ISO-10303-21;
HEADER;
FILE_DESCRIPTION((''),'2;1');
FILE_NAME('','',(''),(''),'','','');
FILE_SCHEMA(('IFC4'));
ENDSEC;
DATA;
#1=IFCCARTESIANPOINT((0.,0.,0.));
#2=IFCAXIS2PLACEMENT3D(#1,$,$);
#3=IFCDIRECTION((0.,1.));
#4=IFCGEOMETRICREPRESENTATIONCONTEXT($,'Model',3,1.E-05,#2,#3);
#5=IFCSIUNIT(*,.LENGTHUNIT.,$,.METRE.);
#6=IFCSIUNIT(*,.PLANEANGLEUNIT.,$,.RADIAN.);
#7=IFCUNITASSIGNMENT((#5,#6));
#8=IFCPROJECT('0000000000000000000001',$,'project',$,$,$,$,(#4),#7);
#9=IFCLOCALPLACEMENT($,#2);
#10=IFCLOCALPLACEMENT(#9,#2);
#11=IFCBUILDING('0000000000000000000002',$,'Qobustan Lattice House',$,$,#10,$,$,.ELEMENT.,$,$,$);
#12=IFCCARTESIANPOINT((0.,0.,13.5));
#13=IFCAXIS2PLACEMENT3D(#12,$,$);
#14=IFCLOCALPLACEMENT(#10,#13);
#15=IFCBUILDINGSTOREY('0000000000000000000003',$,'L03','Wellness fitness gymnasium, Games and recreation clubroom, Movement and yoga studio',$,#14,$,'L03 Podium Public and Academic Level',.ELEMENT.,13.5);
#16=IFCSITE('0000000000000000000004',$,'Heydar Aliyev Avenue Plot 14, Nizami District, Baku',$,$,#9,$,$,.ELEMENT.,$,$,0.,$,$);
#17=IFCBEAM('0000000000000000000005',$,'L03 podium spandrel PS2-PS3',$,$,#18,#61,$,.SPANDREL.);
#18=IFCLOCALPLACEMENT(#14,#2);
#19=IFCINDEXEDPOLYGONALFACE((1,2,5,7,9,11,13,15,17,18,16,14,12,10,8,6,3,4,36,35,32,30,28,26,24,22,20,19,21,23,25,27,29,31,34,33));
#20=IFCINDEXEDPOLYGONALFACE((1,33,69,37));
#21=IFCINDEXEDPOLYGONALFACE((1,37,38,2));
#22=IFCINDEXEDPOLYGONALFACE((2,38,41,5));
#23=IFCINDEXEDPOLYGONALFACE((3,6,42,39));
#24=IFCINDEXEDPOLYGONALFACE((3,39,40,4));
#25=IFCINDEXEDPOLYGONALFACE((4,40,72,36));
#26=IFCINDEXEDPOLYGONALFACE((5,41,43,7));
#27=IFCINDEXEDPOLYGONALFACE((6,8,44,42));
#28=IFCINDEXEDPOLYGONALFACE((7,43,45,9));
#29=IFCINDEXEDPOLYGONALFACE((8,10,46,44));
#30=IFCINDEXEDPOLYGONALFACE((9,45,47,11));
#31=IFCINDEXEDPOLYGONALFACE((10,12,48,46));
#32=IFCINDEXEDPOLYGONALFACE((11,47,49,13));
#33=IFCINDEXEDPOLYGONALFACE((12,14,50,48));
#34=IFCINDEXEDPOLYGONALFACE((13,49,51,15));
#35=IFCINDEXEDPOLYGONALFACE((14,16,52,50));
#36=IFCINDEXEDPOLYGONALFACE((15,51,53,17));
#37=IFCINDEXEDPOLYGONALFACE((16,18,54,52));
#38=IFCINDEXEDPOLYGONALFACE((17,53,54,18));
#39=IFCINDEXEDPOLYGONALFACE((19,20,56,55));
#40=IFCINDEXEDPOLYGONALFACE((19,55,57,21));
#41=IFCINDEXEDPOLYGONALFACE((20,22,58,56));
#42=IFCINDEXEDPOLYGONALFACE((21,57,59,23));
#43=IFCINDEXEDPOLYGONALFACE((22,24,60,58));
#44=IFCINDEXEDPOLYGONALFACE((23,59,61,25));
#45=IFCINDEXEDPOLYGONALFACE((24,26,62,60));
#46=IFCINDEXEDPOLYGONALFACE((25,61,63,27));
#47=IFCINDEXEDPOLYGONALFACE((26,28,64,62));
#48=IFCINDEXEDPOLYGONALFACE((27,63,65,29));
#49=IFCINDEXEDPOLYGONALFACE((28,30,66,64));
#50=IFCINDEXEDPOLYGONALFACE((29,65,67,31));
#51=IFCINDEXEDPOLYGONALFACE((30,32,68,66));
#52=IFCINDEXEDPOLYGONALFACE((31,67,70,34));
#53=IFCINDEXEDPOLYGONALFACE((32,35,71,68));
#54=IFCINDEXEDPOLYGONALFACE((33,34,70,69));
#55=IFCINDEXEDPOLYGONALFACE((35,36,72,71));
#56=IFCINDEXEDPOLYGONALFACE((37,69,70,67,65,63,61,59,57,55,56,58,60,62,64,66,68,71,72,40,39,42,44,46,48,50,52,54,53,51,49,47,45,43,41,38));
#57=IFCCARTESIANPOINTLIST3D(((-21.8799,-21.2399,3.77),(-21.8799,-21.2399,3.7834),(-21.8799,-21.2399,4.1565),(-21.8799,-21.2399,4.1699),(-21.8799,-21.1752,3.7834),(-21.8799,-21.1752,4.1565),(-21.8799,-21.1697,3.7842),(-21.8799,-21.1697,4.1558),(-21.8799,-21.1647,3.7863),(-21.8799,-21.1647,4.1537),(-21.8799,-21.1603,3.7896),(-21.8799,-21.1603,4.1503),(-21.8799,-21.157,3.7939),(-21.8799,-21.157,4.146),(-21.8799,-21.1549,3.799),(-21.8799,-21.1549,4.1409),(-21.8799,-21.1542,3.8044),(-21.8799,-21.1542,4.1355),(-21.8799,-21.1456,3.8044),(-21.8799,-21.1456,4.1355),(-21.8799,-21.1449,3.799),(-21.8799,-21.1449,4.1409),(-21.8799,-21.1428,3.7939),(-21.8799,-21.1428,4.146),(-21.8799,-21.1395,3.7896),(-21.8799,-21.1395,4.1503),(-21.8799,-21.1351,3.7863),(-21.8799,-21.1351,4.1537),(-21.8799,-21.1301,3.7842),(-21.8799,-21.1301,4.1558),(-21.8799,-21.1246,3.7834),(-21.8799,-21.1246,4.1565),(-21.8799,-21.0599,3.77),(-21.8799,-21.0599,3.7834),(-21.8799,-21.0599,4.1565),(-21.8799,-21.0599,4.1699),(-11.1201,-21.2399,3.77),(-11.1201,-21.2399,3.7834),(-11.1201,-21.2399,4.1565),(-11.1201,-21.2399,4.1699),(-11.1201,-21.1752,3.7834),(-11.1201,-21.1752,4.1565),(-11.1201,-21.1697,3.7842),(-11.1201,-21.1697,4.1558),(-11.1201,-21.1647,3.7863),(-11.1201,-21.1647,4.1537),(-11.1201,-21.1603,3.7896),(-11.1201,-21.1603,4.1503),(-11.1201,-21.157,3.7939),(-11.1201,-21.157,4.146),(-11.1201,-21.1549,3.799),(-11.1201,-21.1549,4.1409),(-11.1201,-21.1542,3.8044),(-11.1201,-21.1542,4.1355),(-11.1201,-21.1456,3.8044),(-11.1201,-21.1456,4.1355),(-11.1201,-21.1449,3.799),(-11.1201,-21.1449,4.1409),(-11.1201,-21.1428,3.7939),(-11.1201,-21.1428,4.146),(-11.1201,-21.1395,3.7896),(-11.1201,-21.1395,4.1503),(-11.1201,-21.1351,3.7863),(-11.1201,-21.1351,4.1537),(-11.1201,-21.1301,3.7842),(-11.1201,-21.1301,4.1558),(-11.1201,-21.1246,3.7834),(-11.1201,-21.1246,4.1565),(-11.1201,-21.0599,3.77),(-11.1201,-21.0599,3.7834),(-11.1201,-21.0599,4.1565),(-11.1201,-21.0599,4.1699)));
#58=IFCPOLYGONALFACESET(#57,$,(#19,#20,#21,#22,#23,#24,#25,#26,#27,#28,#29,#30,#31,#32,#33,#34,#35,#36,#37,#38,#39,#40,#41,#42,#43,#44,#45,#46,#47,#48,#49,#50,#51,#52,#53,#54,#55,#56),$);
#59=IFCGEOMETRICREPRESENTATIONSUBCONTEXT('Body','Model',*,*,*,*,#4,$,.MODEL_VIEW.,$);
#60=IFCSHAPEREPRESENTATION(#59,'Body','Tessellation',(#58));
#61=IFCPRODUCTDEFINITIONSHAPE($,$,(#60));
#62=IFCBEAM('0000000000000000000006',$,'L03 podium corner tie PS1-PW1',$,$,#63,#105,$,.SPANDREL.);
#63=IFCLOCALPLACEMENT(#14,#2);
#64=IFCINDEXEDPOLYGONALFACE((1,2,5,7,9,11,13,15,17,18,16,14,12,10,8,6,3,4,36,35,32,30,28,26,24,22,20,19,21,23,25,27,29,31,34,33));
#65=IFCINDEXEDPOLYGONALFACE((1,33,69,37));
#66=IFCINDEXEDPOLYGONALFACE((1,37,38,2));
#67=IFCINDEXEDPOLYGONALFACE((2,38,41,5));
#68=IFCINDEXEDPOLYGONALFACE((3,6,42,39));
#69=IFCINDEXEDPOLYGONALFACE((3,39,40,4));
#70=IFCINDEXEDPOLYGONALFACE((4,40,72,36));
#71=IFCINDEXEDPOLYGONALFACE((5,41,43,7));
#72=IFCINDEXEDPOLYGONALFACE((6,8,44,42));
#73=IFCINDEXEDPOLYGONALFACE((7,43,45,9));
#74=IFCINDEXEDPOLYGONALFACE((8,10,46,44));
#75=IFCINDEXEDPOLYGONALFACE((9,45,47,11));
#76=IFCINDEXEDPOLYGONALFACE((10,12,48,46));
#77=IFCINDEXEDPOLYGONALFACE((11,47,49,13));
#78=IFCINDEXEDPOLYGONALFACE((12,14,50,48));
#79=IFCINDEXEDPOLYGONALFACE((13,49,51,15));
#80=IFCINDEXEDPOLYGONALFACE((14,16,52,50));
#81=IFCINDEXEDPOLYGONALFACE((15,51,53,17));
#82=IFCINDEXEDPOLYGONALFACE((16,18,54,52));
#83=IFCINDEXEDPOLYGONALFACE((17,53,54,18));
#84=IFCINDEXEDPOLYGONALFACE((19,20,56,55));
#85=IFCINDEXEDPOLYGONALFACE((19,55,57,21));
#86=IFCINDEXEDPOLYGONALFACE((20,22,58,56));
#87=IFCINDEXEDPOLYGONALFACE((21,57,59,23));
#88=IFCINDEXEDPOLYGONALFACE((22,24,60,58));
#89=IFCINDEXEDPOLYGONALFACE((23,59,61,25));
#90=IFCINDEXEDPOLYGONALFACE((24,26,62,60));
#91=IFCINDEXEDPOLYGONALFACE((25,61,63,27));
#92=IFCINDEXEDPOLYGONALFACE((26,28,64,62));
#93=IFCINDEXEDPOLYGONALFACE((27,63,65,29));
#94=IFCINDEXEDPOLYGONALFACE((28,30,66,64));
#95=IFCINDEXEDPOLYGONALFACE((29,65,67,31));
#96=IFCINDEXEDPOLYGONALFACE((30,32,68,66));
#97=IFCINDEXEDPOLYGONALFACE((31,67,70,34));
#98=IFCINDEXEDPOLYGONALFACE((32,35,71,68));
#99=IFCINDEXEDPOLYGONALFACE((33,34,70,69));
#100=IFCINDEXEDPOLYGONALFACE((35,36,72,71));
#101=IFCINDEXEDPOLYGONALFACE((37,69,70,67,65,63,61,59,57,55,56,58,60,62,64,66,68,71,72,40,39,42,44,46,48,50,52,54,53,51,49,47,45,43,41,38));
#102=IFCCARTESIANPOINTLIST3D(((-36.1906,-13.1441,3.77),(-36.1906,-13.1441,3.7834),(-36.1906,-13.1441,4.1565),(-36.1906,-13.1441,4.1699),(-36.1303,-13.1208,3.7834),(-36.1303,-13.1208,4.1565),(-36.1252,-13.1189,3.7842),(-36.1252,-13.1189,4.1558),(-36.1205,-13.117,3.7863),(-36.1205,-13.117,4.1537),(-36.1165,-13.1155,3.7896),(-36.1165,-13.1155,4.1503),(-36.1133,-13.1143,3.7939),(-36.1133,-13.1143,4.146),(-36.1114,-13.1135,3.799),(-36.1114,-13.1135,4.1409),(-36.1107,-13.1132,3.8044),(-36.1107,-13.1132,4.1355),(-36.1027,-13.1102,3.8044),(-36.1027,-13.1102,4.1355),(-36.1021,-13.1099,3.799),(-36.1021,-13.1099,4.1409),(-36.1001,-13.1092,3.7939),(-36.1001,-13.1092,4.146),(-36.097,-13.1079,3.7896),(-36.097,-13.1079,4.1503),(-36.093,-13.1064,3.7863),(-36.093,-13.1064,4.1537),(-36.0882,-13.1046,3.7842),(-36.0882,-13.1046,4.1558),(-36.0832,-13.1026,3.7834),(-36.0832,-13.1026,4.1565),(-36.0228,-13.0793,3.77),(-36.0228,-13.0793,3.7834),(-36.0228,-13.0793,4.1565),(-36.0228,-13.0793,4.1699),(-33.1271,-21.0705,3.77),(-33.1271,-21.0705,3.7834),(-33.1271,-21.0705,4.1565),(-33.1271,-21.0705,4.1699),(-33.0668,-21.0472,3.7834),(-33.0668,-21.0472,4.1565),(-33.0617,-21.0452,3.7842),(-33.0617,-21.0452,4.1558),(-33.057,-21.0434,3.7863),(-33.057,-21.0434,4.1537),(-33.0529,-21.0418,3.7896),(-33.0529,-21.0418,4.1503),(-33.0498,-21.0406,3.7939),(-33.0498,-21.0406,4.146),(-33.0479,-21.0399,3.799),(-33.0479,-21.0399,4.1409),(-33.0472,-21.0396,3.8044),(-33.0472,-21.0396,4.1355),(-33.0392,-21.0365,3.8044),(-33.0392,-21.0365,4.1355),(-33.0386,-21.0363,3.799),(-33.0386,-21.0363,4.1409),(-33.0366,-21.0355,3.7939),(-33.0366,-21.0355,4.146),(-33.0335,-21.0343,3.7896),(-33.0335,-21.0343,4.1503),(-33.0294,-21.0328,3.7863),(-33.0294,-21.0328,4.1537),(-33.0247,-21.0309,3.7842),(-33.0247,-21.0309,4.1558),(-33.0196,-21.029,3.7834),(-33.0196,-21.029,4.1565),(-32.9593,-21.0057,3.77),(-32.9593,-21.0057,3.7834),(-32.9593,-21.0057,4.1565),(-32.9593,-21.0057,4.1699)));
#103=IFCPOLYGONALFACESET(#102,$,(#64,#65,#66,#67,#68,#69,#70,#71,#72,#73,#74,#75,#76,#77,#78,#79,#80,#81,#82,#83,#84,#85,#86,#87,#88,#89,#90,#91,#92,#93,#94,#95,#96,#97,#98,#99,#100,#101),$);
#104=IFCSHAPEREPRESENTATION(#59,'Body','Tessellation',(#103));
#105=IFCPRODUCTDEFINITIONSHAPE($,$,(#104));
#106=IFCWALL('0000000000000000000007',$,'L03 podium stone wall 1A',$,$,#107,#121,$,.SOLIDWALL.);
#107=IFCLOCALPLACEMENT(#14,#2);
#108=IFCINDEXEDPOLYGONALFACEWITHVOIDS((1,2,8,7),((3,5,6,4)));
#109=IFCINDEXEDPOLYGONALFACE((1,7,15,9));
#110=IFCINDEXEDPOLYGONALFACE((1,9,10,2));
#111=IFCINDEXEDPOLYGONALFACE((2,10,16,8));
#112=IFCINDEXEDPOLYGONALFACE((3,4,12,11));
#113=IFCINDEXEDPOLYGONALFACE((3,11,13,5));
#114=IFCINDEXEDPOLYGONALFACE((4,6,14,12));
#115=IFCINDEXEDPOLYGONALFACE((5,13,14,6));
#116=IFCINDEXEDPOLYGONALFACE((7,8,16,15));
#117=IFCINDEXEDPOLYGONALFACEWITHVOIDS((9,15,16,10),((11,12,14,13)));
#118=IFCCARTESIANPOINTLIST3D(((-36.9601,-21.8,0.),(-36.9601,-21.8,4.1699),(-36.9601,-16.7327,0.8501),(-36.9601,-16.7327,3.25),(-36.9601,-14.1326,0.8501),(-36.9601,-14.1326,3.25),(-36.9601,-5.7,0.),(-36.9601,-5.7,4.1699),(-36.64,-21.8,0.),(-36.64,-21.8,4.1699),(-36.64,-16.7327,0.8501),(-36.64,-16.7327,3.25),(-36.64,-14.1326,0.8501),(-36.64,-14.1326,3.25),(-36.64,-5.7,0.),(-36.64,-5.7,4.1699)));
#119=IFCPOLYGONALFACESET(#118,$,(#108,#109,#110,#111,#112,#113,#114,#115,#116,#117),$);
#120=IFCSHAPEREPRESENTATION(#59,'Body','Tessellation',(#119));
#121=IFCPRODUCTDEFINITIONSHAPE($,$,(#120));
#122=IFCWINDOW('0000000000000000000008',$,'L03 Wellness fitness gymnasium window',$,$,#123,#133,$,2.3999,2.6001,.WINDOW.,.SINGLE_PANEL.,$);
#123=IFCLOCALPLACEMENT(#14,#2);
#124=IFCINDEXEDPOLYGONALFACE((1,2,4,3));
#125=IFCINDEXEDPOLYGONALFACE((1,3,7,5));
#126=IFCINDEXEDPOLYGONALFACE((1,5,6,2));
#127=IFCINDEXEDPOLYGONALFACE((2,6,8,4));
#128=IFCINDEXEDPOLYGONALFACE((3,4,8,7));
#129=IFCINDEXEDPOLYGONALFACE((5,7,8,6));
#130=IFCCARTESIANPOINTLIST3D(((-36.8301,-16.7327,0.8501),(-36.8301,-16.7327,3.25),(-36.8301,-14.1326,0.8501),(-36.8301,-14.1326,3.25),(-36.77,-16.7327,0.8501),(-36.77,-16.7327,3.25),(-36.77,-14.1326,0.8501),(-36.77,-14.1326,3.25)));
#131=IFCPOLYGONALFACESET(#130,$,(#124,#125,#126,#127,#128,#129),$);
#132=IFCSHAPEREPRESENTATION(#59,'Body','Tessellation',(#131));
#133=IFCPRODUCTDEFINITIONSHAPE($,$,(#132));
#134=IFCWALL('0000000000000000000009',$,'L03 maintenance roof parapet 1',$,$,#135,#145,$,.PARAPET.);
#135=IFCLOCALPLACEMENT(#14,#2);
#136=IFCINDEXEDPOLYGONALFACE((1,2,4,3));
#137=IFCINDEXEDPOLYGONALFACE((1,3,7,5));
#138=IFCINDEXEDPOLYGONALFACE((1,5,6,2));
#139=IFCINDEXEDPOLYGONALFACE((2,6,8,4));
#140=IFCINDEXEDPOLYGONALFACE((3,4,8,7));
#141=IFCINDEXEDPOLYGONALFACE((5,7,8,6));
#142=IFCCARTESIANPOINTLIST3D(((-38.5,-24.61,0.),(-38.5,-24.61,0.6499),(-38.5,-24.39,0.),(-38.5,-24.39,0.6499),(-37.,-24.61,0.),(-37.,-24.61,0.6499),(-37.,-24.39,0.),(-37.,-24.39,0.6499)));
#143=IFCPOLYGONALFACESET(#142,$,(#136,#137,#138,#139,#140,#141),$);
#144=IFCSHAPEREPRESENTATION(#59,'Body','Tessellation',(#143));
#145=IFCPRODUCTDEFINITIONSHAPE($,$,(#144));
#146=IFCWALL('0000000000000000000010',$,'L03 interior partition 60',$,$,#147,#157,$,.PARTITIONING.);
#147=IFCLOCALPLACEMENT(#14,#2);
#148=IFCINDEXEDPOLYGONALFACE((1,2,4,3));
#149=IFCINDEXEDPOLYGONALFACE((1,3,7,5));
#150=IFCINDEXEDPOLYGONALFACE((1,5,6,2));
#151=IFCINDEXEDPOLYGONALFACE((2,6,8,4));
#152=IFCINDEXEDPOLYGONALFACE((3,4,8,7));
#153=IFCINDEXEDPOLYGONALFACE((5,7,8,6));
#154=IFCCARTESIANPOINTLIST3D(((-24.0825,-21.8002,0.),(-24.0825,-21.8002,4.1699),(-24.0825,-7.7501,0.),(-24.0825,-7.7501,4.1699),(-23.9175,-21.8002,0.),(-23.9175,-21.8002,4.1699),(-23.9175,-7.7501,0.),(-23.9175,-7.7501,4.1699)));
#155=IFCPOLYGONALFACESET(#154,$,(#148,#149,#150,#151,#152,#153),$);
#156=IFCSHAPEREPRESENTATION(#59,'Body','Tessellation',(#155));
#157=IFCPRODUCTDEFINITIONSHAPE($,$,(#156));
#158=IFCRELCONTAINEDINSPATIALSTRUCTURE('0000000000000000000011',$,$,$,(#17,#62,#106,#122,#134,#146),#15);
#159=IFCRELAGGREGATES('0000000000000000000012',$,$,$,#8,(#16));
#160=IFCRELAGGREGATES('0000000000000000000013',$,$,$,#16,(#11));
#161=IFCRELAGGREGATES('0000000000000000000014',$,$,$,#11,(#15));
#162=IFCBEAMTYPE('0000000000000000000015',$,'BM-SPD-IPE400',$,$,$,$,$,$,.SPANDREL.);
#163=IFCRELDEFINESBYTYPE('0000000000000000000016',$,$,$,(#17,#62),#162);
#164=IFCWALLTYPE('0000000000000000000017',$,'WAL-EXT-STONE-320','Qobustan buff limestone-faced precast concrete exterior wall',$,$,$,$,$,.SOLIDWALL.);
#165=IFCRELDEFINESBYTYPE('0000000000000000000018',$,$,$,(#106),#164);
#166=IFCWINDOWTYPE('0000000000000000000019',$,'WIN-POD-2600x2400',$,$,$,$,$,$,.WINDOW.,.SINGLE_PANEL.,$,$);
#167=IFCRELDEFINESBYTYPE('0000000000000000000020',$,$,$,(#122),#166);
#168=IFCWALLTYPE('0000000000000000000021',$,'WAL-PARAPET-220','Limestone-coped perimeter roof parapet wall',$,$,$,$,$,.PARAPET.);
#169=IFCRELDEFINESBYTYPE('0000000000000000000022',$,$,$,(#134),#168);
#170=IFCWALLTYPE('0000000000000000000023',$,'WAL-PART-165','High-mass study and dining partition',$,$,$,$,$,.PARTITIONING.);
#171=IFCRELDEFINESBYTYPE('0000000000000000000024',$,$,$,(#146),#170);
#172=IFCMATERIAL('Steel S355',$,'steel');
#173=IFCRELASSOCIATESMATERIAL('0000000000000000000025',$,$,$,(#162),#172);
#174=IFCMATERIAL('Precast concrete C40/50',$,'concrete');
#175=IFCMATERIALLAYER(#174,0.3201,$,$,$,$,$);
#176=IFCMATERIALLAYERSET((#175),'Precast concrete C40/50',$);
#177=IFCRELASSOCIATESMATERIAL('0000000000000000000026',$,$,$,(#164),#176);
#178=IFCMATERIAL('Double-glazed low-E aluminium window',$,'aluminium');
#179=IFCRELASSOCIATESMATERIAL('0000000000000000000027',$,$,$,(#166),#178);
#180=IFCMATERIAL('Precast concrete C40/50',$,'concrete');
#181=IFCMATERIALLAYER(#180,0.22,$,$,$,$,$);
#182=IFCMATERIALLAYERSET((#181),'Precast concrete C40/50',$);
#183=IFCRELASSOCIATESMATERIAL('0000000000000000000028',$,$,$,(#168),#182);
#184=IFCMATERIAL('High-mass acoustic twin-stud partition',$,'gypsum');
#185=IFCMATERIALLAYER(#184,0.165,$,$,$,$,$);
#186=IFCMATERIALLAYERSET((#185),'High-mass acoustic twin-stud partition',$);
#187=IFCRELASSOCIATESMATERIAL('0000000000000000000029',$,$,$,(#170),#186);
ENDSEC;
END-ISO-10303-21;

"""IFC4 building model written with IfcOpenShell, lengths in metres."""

from ifc_helpers import new_model, si_unit, direction, frame, frame_2d, origin, origin_2d, place, context, subcontext, project, spatial, rectangle, i_section, extrude, material, layer, layer_set, material_profile, profile_set, type_object, element, fill, save


model = new_model("IFC4")

# Units and contexts
model_context = context("Model", 3, precision=1e-05, world=origin(), true_north=direction((0.0, 1.0)))
body_context = subcontext(model_context, "Body", "Model", "MODEL_VIEW")
ifc_project = project(units=[si_unit("LENGTHUNIT", "METRE"), si_unit("PLANEANGLEUNIT", "RADIAN")], contexts=[model_context])

# Site, building, storey
site_placement = place(None, origin())
site = spatial("IfcSite", under=ifc_project, at=site_placement, Name="Heydar Aliyev Avenue Plot 14, Nizami District, Baku", CompositionType="ELEMENT", RefElevation=0.0)
building_placement = place(site_placement, origin())
building = spatial("IfcBuilding", under=site, at=building_placement, Name="Qobustan Lattice House", CompositionType="ELEMENT")
storey_placement = place(building_placement, frame((0.0, 0.0, 13.5)))
storey = spatial("IfcBuildingStorey", under=building, at=storey_placement, Name="L03", Description="Wellness fitness gymnasium, Games and recreation clubroom, Movement and yoga studio", LongName="L03 Podium Public and Academic Level", CompositionType="ELEMENT", Elevation=13.5)

# Beams
ifc_material_1 = material(Name="Steel S355", Category="steel")
ifc_material_profile_1 = material_profile(ifc_material_1, i_section(OverallWidth=0.1799, OverallDepth=0.3999, WebThickness=0.0085, FlangeThickness=0.0134, FilletRadius=0.021, at=origin_2d()), Name="IPE400")
ifc_profile_set_1 = profile_set([ifc_material_profile_1], Name="Steel S355")
beam_type_1 = type_object("IfcBeamType", Name="BM-SPD-IPE400", PredefinedType="SPANDREL", material=ifc_profile_set_1)
for number, where, z_axis, x_axis, name in (
    (1, (-21.8799, -21.1499, 3.97), (1.0, 0.0, 0.0), (0.0, 1.0, 0.0), "L03 podium spandrel PS2-PS3"),
):
    element("IfcBeam", number, at=place(storey_placement, frame(where, z_axis=z_axis, x_axis=x_axis)), inside=storey, type_object=beam_type_1, Name=name, PredefinedType="SPANDREL", context=body_context, shape_type="SweptSolid", body=[
        extrude(i_section(OverallWidth=0.1799, OverallDepth=0.3999, WebThickness=0.0085, FlangeThickness=0.0134, FilletRadius=0.021, at=origin_2d()), origin(), (0.0, 0.0, 1.0), 10.7598),
    ])
beam_1_placement = place(storey_placement, frame((-33.0432, -21.0381, 3.97), z_axis=(-0.360507, 0.932756, 0.0), x_axis=(-0.932756, -0.360507, 0.0)))
element("IfcBeam", 2, at=beam_1_placement, inside=storey, type_object=beam_type_1, Name="L03 podium corner tie PS1-PW1", PredefinedType="SPANDREL", context=body_context, shape_type="SweptSolid", body=[
    extrude(i_section(OverallWidth=0.1799, OverallDepth=0.3999, WebThickness=0.0085, FlangeThickness=0.0134, FilletRadius=0.021, at=origin_2d()), origin(), (0.0, 0.0, 1.0), 8.4978),
])

# Wall, opening, window
ifc_material_2 = material(Name="Precast concrete C40/50", Category="concrete")
ifc_layer_1 = layer(ifc_material_2, 0.3201)
ifc_layer_set_1 = layer_set([ifc_layer_1], Name="Precast concrete C40/50")
wall_type_1 = type_object("IfcWallType", Name="WAL-EXT-STONE-320", Description="Qobustan buff limestone-faced precast concrete exterior wall", PredefinedType="SOLIDWALL", material=ifc_layer_set_1)
wall_1_placement = place(storey_placement, frame((-36.8, -21.8, 0.0), z_axis=(0.0, 0.0, 1.0), x_axis=(0.0, 1.0, 0.0)))
wall_1 = element("IfcWall", 3, at=wall_1_placement, inside=storey, type_object=wall_type_1, Name="L03 podium stone wall 1A", PredefinedType="SOLIDWALL", context=body_context, shape_type="SweptSolid", body=[
    extrude(rectangle(XDim=16.1001, YDim=0.3201, at=frame_2d((8.05, 0.0))), origin(), (0.0, 0.0, 1.0), 4.1699),
])
opening_placement = place(wall_1_placement, frame((5.0674, 0.0, 0.8501)))
opening = element("IfcOpeningElement", 4, at=opening_placement, cuts=wall_1, PredefinedType="OPENING", context=body_context, shape_type="SweptSolid", body=[
    extrude(rectangle(XDim=2.6001, YDim=2.3999, at=frame_2d((1.3, 1.2))), frame((0.0, 0.1699, 0.0), z_axis=(0.0, -1.0, 0.0), x_axis=(1.0, 0.0, 0.0)), (0.0, 0.0, 1.0), 0.3401),
])
ifc_material_3 = material(Name="Double-glazed low-E aluminium window", Category="aluminium")
window_type = type_object("IfcWindowType", Name="WIN-POD-2600x2400", PartitioningType="SINGLE_PANEL", PredefinedType="WINDOW", material=ifc_material_3)
window_placement = place(opening_placement, origin())
window = element("IfcWindow", 5, at=window_placement, inside=storey, type_object=window_type, Name="L03 Wellness fitness gymnasium window", OverallHeight=2.3999, OverallWidth=2.6001, PartitioningType="SINGLE_PANEL", PredefinedType="WINDOW", context=body_context, shape_type="SweptSolid", body=[
    extrude(rectangle(XDim=2.6001, YDim=2.3999, at=frame_2d((1.3, 1.2))), frame((0.0, 0.03, 0.0), z_axis=(0.0, -1.0, 0.0), x_axis=(1.0, 0.0, 0.0)), (0.0, 0.0, 1.0), 0.0601),
])
fill(opening, window)

# Walls
ifc_material_4 = material(Name="Precast concrete C40/50", Category="concrete")
ifc_layer_2 = layer(ifc_material_4, 0.22)
ifc_layer_set_2 = layer_set([ifc_layer_2], Name="Precast concrete C40/50")
wall_type_2 = type_object("IfcWallType", Name="WAL-PARAPET-220", Description="Limestone-coped perimeter roof parapet wall", PredefinedType="PARAPET", material=ifc_layer_set_2)
wall_2_placement = place(storey_placement, frame((-38.5, -24.5, 0.0), z_axis=(0.0, 0.0, 1.0), x_axis=(1.0, 0.0, 0.0)))
element("IfcWall", 6, at=wall_2_placement, inside=storey, type_object=wall_type_2, Name="L03 maintenance roof parapet 1", PredefinedType="PARAPET", context=body_context, shape_type="SweptSolid", body=[
    extrude(rectangle(XDim=1.5, YDim=0.22, at=frame_2d((0.75, 0.0))), origin(), (0.0, 0.0, 1.0), 0.6499),
])
ifc_material_5 = material(Name="High-mass acoustic twin-stud partition", Category="gypsum")
ifc_layer_3 = layer(ifc_material_5, 0.165)
ifc_layer_set_3 = layer_set([ifc_layer_3], Name="High-mass acoustic twin-stud partition")
wall_type_3 = type_object("IfcWallType", Name="WAL-PART-165", Description="High-mass study and dining partition", PredefinedType="PARTITIONING", material=ifc_layer_set_3)
wall_3_placement = place(storey_placement, frame((-24.0, -21.8, 0.0), z_axis=(0.0, 0.0, 1.0), x_axis=(0.0, 1.0, 0.0)))
element("IfcWall", 7, at=wall_3_placement, inside=storey, type_object=wall_type_3, Name="L03 interior partition 60", PredefinedType="PARTITIONING", context=body_context, shape_type="SweptSolid", body=[
    extrude(rectangle(XDim=14.05, YDim=0.165, at=frame_2d((7.0249, 0.0))), origin(), (0.0, 0.0, 1.0), 4.1699),
])

save(model, "model.ifc")
